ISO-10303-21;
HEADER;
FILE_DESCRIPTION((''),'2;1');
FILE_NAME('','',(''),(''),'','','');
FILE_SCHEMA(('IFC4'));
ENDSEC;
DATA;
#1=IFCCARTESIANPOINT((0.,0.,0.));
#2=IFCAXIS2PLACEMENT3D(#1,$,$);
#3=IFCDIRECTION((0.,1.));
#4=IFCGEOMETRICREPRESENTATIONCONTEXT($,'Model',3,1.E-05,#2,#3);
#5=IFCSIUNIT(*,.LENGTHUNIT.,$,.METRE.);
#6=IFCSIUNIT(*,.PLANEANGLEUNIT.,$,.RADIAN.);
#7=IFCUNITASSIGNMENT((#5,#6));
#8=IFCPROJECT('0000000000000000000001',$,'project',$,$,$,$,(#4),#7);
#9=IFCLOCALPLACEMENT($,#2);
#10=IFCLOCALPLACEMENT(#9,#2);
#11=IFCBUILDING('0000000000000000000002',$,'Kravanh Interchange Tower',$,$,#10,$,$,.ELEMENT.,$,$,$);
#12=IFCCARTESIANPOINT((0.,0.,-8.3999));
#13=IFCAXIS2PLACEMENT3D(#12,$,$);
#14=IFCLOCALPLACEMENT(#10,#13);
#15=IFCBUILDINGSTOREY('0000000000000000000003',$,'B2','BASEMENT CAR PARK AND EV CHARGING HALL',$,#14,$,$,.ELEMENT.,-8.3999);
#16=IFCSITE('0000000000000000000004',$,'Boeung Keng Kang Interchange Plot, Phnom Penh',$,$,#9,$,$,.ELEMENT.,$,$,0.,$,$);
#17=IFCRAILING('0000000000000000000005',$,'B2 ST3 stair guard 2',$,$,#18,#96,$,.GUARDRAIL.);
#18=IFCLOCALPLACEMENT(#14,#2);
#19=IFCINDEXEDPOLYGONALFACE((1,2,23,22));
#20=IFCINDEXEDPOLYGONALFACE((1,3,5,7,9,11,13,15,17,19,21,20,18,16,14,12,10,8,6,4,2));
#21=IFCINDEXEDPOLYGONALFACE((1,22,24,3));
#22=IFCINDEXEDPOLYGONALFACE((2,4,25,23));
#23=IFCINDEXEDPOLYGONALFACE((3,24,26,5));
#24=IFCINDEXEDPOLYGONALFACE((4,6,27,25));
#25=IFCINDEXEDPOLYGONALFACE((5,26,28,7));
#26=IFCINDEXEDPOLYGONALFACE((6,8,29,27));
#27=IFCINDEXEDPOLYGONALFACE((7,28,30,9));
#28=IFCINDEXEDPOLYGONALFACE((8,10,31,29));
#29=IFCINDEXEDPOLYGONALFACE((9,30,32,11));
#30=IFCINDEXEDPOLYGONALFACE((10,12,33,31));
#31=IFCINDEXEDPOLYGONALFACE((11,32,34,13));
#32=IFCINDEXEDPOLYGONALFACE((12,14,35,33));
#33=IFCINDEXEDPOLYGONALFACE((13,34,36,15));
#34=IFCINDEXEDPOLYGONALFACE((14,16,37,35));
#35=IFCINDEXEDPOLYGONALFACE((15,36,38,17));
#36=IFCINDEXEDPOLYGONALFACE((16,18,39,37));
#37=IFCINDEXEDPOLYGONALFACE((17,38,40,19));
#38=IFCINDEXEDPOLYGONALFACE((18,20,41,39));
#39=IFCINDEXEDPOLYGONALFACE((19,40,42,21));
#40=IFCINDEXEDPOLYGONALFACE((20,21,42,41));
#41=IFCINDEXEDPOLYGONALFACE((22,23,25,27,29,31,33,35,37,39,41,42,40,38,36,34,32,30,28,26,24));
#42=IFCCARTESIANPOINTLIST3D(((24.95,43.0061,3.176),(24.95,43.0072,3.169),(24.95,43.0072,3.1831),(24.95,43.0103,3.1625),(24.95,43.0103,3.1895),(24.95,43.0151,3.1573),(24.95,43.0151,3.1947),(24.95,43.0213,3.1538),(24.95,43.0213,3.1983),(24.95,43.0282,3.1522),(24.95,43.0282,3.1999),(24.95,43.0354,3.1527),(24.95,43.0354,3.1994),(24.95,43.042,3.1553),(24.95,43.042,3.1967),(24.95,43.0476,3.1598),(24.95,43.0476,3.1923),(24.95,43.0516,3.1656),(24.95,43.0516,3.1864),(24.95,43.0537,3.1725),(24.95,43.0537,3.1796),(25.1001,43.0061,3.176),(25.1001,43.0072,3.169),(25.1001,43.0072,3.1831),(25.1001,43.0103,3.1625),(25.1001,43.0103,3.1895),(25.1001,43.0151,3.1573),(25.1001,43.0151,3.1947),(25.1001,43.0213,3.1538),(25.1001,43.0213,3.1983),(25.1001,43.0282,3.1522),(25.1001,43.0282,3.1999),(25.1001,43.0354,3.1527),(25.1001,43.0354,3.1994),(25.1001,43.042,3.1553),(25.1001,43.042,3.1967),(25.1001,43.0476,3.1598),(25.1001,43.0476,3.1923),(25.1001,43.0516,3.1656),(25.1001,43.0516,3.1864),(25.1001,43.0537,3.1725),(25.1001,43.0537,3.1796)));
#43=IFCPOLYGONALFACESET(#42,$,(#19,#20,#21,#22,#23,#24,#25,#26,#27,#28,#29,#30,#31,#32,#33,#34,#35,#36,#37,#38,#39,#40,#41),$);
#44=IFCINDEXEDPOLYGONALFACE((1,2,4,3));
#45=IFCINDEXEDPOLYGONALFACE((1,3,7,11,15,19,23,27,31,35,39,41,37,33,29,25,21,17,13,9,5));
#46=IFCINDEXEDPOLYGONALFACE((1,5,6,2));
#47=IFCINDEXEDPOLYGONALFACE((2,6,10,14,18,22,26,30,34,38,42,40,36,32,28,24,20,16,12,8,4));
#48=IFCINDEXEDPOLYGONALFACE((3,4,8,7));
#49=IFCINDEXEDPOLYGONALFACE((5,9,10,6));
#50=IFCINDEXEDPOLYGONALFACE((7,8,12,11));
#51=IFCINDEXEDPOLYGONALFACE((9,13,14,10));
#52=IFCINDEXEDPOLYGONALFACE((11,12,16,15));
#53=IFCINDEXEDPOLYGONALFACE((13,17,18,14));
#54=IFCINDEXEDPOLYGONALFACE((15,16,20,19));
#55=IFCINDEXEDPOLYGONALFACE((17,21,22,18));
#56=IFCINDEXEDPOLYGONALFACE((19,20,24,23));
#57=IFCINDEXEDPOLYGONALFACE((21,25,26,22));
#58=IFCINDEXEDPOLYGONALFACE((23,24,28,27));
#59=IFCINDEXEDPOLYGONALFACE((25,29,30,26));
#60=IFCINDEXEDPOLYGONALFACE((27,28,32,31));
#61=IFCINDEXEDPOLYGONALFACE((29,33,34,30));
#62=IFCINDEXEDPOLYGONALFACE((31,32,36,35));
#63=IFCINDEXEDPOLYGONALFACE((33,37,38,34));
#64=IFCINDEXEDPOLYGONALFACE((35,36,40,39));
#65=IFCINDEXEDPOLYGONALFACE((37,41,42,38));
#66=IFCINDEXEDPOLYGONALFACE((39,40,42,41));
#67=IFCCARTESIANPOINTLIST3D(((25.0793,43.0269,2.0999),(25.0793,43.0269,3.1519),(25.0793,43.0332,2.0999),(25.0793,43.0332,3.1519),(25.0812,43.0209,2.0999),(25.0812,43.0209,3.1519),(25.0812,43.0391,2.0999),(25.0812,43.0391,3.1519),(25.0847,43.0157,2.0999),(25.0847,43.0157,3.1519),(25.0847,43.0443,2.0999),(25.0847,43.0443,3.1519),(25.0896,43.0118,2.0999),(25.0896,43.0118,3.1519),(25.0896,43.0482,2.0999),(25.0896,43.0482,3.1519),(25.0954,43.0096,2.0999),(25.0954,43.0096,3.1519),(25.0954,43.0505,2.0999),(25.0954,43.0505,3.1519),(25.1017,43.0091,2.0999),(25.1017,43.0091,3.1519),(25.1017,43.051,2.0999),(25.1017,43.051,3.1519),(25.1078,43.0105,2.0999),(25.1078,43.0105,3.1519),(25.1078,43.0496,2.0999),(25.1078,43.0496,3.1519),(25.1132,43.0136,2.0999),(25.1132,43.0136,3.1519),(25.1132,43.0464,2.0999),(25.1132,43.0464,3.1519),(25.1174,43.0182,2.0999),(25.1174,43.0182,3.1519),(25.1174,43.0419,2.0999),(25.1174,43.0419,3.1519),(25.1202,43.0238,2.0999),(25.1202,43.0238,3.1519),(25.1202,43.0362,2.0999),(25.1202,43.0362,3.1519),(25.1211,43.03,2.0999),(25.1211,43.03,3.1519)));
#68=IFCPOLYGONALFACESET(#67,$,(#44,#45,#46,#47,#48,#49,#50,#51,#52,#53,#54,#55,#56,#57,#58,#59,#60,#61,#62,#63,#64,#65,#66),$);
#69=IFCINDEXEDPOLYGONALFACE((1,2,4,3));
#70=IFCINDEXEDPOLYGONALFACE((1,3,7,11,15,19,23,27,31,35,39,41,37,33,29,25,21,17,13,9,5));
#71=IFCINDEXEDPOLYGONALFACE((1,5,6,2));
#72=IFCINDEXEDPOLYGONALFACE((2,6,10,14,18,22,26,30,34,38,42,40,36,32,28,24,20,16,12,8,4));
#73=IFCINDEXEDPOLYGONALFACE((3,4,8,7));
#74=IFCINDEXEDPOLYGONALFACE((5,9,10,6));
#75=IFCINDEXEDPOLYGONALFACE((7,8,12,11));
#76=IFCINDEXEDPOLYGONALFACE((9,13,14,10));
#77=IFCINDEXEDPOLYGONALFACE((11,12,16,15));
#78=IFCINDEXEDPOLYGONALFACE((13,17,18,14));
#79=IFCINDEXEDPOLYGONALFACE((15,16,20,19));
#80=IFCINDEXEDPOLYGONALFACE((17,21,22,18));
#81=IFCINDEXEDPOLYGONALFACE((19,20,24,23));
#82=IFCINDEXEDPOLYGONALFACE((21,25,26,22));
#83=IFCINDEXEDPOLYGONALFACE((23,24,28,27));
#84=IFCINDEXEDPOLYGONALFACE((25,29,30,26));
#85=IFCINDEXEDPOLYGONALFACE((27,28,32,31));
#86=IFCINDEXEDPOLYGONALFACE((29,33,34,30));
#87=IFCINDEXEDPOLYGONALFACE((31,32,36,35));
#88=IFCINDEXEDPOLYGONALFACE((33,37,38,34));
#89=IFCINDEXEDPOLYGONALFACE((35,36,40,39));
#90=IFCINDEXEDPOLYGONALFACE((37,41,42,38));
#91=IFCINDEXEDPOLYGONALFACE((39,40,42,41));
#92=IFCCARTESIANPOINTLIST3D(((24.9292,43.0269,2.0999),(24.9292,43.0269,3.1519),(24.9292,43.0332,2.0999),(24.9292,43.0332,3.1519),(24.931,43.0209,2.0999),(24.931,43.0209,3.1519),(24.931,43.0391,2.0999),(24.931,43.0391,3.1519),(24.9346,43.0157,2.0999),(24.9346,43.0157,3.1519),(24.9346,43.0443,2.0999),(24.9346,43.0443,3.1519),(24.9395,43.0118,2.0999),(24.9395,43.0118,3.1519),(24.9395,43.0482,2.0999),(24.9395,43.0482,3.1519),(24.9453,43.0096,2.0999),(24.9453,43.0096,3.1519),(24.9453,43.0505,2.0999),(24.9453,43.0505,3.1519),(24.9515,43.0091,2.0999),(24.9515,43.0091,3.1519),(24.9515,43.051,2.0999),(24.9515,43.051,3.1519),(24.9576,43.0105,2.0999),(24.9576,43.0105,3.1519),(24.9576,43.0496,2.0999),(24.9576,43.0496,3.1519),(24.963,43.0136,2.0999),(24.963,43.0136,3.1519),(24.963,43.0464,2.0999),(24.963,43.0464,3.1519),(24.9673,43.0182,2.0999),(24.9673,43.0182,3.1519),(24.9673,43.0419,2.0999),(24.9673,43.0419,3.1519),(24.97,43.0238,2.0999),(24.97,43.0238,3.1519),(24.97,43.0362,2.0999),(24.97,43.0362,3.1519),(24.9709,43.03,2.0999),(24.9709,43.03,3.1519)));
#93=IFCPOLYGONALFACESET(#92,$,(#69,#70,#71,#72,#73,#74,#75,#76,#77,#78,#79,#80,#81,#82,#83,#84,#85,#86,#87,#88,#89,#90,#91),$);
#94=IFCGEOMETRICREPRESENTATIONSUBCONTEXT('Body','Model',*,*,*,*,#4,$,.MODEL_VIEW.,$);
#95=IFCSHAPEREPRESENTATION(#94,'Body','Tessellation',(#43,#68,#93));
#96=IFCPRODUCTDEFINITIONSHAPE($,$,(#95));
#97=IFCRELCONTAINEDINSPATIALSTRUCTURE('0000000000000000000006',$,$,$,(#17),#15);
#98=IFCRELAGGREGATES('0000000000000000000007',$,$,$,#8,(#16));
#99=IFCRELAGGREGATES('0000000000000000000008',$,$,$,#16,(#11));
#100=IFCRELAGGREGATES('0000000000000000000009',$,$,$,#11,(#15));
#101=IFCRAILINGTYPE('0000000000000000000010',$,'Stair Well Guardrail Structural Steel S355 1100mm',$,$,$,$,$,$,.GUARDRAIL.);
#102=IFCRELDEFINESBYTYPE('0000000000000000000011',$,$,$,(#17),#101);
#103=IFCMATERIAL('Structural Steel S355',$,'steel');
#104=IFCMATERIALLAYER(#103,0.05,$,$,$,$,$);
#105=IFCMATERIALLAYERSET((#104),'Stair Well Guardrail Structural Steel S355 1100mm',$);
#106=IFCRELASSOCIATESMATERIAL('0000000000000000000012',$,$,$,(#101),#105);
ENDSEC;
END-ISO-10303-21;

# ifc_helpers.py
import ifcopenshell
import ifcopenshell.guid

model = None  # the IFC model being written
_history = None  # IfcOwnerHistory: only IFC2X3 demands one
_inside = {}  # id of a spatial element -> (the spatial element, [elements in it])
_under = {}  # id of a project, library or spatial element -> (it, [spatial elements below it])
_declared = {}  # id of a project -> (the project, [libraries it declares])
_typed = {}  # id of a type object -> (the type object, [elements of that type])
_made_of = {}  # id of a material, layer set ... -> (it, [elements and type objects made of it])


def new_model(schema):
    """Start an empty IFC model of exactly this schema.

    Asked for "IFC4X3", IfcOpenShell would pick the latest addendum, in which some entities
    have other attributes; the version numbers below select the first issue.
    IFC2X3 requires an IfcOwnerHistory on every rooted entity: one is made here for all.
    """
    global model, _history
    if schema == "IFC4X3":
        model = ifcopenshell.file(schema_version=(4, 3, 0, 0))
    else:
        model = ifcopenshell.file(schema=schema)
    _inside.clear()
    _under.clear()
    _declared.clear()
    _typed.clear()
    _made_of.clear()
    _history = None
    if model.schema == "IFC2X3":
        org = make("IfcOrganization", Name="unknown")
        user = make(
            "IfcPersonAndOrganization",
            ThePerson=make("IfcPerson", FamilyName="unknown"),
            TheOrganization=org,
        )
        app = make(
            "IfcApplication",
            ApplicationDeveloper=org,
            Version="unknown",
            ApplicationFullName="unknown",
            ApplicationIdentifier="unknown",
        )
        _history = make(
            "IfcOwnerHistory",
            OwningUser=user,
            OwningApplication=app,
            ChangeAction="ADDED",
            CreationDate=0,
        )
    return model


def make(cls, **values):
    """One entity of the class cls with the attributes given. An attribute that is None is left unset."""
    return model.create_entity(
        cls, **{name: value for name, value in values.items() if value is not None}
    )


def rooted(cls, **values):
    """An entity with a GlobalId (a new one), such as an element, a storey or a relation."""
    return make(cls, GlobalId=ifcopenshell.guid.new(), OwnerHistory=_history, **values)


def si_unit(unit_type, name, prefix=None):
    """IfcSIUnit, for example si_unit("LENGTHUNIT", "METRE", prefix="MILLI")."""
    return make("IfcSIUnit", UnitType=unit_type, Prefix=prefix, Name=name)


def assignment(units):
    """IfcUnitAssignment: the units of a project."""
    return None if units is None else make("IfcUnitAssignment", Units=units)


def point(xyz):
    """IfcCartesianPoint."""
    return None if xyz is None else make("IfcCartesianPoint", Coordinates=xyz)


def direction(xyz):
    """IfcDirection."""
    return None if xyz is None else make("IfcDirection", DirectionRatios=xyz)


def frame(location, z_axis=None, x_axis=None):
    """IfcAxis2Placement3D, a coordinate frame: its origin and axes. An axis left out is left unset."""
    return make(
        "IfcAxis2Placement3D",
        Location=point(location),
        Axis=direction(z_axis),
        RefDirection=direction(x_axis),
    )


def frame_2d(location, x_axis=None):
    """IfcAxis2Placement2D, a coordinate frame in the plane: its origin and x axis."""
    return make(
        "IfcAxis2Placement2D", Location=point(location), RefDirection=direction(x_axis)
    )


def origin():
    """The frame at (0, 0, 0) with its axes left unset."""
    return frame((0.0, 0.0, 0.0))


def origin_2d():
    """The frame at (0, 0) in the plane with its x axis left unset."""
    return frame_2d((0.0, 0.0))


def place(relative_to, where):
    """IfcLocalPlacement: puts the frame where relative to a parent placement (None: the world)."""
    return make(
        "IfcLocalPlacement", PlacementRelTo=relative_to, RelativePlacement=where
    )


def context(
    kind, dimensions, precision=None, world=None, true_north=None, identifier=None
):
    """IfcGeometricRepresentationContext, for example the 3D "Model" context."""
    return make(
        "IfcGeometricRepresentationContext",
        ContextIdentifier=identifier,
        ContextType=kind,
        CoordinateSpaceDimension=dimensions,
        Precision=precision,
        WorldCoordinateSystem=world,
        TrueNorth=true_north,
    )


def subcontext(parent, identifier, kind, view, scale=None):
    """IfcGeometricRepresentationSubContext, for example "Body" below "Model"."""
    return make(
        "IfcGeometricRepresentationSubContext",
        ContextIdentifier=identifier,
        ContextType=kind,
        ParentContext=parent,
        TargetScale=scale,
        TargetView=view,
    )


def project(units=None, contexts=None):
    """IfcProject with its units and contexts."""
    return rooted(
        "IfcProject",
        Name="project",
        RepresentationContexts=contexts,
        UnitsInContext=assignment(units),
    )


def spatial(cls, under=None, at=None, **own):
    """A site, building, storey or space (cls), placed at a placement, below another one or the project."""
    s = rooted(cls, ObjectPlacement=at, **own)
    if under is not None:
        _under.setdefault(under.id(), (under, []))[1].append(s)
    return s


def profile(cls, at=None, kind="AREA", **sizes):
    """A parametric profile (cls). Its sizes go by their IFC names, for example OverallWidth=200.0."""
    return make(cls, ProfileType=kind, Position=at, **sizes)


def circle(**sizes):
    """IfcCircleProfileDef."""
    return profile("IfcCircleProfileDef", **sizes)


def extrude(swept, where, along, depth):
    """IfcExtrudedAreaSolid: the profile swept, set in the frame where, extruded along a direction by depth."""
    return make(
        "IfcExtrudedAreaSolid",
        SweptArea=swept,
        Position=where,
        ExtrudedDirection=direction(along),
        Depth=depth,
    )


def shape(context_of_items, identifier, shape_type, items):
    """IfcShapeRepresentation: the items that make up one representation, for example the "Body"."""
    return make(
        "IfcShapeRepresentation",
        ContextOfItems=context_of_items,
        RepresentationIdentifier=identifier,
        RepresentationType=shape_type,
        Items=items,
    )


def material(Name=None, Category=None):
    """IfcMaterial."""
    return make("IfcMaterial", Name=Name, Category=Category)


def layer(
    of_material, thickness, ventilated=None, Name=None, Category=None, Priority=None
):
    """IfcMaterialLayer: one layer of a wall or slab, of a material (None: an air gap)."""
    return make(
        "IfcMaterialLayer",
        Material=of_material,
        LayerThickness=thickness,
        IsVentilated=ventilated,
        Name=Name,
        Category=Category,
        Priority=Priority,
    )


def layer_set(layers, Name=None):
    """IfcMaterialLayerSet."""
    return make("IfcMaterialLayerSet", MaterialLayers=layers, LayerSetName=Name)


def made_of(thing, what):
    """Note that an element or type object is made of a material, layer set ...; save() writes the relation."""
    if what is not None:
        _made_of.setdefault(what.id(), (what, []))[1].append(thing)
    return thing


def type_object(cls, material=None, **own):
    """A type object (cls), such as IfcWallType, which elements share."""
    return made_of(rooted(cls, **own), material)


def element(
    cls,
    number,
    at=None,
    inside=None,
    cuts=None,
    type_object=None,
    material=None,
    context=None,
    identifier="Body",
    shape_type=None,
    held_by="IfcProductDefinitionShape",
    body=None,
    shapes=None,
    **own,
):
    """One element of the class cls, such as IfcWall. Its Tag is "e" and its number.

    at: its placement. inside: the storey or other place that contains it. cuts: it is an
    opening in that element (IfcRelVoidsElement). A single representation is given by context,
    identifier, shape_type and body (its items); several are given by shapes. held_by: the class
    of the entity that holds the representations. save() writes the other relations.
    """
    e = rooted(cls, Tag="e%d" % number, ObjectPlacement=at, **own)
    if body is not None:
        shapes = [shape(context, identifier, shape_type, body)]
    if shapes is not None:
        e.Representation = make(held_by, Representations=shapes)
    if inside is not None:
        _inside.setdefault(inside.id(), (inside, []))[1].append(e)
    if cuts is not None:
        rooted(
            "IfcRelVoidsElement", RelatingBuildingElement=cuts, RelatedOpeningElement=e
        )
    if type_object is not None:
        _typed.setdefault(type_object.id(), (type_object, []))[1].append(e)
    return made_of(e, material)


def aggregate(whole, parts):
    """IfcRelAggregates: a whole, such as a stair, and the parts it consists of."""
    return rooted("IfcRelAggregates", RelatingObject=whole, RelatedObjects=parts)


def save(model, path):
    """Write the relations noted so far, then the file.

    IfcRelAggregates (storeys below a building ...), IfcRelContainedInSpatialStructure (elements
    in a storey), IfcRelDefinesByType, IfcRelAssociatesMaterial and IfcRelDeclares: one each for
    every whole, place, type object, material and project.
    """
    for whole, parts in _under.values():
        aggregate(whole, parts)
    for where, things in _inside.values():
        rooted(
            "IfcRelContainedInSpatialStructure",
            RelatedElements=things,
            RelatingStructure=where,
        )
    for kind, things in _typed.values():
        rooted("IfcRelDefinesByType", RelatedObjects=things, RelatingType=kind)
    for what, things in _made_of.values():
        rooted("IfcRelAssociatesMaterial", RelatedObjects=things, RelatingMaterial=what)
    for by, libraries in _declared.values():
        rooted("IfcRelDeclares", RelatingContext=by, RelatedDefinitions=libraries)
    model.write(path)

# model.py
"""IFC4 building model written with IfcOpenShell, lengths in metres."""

from ifc_helpers import new_model, si_unit, direction, frame, origin, origin_2d, place, context, subcontext, project, spatial, circle, extrude, material, layer, layer_set, type_object, element, save


model = new_model("IFC4")

# Units and contexts
model_context = context("Model", 3, precision=1e-05, world=origin(), true_north=direction((0.0, 1.0)))
body_context = subcontext(model_context, "Body", "Model", "MODEL_VIEW")
ifc_project = project(units=[si_unit("LENGTHUNIT", "METRE"), si_unit("PLANEANGLEUNIT", "RADIAN")], contexts=[model_context])

# Site, building, storey
site_placement = place(None, origin())
site = spatial("IfcSite", under=ifc_project, at=site_placement, Name="Boeung Keng Kang Interchange Plot, Phnom Penh", CompositionType="ELEMENT", RefElevation=0.0)
building_placement = place(site_placement, origin())
building = spatial("IfcBuilding", under=site, at=building_placement, Name="Kravanh Interchange Tower", CompositionType="ELEMENT")
storey_placement = place(building_placement, frame((0.0, 0.0, -8.3999)))
storey = spatial("IfcBuildingStorey", under=building, at=storey_placement, Name="B2", Description="BASEMENT CAR PARK AND EV CHARGING HALL", CompositionType="ELEMENT", Elevation=-8.3999)

# Railing
ifc_material_1 = material(Name="Structural Steel S355", Category="steel")
ifc_layer_1 = layer(ifc_material_1, 0.05)
ifc_layer_set_1 = layer_set([ifc_layer_1], Name="Stair Well Guardrail Structural Steel S355 1100mm")
railing_type_1 = type_object("IfcRailingType", Name="Stair Well Guardrail Structural Steel S355 1100mm", PredefinedType="GUARDRAIL", material=ifc_layer_set_1)
railing_1_placement = place(storey_placement, frame((25.1001, 43.03, 2.0999)))
element("IfcRailing", 1, at=railing_1_placement, inside=storey, type_object=railing_type_1, Name="B2 ST3 stair guard 2", PredefinedType="GUARDRAIL", context=body_context, shape_type="SweptSolid", body=[
    extrude(circle(Radius=0.0239, at=origin_2d()), frame((0.0, 0.0, 1.0762), z_axis=(-1.0, 0.0, 0.0), x_axis=(0.0, -1.0, 0.0)), (0.0, 0.0, 1.0), 0.1501),
    extrude(circle(Radius=0.021, at=origin_2d()), origin(), (0.0, 0.0, 1.0), 1.052),
    extrude(circle(Radius=0.021, at=origin_2d()), frame((-0.1501, 0.0, 0.0)), (0.0, 0.0, 1.0), 1.052),
])

save(model, "model.ifc")
